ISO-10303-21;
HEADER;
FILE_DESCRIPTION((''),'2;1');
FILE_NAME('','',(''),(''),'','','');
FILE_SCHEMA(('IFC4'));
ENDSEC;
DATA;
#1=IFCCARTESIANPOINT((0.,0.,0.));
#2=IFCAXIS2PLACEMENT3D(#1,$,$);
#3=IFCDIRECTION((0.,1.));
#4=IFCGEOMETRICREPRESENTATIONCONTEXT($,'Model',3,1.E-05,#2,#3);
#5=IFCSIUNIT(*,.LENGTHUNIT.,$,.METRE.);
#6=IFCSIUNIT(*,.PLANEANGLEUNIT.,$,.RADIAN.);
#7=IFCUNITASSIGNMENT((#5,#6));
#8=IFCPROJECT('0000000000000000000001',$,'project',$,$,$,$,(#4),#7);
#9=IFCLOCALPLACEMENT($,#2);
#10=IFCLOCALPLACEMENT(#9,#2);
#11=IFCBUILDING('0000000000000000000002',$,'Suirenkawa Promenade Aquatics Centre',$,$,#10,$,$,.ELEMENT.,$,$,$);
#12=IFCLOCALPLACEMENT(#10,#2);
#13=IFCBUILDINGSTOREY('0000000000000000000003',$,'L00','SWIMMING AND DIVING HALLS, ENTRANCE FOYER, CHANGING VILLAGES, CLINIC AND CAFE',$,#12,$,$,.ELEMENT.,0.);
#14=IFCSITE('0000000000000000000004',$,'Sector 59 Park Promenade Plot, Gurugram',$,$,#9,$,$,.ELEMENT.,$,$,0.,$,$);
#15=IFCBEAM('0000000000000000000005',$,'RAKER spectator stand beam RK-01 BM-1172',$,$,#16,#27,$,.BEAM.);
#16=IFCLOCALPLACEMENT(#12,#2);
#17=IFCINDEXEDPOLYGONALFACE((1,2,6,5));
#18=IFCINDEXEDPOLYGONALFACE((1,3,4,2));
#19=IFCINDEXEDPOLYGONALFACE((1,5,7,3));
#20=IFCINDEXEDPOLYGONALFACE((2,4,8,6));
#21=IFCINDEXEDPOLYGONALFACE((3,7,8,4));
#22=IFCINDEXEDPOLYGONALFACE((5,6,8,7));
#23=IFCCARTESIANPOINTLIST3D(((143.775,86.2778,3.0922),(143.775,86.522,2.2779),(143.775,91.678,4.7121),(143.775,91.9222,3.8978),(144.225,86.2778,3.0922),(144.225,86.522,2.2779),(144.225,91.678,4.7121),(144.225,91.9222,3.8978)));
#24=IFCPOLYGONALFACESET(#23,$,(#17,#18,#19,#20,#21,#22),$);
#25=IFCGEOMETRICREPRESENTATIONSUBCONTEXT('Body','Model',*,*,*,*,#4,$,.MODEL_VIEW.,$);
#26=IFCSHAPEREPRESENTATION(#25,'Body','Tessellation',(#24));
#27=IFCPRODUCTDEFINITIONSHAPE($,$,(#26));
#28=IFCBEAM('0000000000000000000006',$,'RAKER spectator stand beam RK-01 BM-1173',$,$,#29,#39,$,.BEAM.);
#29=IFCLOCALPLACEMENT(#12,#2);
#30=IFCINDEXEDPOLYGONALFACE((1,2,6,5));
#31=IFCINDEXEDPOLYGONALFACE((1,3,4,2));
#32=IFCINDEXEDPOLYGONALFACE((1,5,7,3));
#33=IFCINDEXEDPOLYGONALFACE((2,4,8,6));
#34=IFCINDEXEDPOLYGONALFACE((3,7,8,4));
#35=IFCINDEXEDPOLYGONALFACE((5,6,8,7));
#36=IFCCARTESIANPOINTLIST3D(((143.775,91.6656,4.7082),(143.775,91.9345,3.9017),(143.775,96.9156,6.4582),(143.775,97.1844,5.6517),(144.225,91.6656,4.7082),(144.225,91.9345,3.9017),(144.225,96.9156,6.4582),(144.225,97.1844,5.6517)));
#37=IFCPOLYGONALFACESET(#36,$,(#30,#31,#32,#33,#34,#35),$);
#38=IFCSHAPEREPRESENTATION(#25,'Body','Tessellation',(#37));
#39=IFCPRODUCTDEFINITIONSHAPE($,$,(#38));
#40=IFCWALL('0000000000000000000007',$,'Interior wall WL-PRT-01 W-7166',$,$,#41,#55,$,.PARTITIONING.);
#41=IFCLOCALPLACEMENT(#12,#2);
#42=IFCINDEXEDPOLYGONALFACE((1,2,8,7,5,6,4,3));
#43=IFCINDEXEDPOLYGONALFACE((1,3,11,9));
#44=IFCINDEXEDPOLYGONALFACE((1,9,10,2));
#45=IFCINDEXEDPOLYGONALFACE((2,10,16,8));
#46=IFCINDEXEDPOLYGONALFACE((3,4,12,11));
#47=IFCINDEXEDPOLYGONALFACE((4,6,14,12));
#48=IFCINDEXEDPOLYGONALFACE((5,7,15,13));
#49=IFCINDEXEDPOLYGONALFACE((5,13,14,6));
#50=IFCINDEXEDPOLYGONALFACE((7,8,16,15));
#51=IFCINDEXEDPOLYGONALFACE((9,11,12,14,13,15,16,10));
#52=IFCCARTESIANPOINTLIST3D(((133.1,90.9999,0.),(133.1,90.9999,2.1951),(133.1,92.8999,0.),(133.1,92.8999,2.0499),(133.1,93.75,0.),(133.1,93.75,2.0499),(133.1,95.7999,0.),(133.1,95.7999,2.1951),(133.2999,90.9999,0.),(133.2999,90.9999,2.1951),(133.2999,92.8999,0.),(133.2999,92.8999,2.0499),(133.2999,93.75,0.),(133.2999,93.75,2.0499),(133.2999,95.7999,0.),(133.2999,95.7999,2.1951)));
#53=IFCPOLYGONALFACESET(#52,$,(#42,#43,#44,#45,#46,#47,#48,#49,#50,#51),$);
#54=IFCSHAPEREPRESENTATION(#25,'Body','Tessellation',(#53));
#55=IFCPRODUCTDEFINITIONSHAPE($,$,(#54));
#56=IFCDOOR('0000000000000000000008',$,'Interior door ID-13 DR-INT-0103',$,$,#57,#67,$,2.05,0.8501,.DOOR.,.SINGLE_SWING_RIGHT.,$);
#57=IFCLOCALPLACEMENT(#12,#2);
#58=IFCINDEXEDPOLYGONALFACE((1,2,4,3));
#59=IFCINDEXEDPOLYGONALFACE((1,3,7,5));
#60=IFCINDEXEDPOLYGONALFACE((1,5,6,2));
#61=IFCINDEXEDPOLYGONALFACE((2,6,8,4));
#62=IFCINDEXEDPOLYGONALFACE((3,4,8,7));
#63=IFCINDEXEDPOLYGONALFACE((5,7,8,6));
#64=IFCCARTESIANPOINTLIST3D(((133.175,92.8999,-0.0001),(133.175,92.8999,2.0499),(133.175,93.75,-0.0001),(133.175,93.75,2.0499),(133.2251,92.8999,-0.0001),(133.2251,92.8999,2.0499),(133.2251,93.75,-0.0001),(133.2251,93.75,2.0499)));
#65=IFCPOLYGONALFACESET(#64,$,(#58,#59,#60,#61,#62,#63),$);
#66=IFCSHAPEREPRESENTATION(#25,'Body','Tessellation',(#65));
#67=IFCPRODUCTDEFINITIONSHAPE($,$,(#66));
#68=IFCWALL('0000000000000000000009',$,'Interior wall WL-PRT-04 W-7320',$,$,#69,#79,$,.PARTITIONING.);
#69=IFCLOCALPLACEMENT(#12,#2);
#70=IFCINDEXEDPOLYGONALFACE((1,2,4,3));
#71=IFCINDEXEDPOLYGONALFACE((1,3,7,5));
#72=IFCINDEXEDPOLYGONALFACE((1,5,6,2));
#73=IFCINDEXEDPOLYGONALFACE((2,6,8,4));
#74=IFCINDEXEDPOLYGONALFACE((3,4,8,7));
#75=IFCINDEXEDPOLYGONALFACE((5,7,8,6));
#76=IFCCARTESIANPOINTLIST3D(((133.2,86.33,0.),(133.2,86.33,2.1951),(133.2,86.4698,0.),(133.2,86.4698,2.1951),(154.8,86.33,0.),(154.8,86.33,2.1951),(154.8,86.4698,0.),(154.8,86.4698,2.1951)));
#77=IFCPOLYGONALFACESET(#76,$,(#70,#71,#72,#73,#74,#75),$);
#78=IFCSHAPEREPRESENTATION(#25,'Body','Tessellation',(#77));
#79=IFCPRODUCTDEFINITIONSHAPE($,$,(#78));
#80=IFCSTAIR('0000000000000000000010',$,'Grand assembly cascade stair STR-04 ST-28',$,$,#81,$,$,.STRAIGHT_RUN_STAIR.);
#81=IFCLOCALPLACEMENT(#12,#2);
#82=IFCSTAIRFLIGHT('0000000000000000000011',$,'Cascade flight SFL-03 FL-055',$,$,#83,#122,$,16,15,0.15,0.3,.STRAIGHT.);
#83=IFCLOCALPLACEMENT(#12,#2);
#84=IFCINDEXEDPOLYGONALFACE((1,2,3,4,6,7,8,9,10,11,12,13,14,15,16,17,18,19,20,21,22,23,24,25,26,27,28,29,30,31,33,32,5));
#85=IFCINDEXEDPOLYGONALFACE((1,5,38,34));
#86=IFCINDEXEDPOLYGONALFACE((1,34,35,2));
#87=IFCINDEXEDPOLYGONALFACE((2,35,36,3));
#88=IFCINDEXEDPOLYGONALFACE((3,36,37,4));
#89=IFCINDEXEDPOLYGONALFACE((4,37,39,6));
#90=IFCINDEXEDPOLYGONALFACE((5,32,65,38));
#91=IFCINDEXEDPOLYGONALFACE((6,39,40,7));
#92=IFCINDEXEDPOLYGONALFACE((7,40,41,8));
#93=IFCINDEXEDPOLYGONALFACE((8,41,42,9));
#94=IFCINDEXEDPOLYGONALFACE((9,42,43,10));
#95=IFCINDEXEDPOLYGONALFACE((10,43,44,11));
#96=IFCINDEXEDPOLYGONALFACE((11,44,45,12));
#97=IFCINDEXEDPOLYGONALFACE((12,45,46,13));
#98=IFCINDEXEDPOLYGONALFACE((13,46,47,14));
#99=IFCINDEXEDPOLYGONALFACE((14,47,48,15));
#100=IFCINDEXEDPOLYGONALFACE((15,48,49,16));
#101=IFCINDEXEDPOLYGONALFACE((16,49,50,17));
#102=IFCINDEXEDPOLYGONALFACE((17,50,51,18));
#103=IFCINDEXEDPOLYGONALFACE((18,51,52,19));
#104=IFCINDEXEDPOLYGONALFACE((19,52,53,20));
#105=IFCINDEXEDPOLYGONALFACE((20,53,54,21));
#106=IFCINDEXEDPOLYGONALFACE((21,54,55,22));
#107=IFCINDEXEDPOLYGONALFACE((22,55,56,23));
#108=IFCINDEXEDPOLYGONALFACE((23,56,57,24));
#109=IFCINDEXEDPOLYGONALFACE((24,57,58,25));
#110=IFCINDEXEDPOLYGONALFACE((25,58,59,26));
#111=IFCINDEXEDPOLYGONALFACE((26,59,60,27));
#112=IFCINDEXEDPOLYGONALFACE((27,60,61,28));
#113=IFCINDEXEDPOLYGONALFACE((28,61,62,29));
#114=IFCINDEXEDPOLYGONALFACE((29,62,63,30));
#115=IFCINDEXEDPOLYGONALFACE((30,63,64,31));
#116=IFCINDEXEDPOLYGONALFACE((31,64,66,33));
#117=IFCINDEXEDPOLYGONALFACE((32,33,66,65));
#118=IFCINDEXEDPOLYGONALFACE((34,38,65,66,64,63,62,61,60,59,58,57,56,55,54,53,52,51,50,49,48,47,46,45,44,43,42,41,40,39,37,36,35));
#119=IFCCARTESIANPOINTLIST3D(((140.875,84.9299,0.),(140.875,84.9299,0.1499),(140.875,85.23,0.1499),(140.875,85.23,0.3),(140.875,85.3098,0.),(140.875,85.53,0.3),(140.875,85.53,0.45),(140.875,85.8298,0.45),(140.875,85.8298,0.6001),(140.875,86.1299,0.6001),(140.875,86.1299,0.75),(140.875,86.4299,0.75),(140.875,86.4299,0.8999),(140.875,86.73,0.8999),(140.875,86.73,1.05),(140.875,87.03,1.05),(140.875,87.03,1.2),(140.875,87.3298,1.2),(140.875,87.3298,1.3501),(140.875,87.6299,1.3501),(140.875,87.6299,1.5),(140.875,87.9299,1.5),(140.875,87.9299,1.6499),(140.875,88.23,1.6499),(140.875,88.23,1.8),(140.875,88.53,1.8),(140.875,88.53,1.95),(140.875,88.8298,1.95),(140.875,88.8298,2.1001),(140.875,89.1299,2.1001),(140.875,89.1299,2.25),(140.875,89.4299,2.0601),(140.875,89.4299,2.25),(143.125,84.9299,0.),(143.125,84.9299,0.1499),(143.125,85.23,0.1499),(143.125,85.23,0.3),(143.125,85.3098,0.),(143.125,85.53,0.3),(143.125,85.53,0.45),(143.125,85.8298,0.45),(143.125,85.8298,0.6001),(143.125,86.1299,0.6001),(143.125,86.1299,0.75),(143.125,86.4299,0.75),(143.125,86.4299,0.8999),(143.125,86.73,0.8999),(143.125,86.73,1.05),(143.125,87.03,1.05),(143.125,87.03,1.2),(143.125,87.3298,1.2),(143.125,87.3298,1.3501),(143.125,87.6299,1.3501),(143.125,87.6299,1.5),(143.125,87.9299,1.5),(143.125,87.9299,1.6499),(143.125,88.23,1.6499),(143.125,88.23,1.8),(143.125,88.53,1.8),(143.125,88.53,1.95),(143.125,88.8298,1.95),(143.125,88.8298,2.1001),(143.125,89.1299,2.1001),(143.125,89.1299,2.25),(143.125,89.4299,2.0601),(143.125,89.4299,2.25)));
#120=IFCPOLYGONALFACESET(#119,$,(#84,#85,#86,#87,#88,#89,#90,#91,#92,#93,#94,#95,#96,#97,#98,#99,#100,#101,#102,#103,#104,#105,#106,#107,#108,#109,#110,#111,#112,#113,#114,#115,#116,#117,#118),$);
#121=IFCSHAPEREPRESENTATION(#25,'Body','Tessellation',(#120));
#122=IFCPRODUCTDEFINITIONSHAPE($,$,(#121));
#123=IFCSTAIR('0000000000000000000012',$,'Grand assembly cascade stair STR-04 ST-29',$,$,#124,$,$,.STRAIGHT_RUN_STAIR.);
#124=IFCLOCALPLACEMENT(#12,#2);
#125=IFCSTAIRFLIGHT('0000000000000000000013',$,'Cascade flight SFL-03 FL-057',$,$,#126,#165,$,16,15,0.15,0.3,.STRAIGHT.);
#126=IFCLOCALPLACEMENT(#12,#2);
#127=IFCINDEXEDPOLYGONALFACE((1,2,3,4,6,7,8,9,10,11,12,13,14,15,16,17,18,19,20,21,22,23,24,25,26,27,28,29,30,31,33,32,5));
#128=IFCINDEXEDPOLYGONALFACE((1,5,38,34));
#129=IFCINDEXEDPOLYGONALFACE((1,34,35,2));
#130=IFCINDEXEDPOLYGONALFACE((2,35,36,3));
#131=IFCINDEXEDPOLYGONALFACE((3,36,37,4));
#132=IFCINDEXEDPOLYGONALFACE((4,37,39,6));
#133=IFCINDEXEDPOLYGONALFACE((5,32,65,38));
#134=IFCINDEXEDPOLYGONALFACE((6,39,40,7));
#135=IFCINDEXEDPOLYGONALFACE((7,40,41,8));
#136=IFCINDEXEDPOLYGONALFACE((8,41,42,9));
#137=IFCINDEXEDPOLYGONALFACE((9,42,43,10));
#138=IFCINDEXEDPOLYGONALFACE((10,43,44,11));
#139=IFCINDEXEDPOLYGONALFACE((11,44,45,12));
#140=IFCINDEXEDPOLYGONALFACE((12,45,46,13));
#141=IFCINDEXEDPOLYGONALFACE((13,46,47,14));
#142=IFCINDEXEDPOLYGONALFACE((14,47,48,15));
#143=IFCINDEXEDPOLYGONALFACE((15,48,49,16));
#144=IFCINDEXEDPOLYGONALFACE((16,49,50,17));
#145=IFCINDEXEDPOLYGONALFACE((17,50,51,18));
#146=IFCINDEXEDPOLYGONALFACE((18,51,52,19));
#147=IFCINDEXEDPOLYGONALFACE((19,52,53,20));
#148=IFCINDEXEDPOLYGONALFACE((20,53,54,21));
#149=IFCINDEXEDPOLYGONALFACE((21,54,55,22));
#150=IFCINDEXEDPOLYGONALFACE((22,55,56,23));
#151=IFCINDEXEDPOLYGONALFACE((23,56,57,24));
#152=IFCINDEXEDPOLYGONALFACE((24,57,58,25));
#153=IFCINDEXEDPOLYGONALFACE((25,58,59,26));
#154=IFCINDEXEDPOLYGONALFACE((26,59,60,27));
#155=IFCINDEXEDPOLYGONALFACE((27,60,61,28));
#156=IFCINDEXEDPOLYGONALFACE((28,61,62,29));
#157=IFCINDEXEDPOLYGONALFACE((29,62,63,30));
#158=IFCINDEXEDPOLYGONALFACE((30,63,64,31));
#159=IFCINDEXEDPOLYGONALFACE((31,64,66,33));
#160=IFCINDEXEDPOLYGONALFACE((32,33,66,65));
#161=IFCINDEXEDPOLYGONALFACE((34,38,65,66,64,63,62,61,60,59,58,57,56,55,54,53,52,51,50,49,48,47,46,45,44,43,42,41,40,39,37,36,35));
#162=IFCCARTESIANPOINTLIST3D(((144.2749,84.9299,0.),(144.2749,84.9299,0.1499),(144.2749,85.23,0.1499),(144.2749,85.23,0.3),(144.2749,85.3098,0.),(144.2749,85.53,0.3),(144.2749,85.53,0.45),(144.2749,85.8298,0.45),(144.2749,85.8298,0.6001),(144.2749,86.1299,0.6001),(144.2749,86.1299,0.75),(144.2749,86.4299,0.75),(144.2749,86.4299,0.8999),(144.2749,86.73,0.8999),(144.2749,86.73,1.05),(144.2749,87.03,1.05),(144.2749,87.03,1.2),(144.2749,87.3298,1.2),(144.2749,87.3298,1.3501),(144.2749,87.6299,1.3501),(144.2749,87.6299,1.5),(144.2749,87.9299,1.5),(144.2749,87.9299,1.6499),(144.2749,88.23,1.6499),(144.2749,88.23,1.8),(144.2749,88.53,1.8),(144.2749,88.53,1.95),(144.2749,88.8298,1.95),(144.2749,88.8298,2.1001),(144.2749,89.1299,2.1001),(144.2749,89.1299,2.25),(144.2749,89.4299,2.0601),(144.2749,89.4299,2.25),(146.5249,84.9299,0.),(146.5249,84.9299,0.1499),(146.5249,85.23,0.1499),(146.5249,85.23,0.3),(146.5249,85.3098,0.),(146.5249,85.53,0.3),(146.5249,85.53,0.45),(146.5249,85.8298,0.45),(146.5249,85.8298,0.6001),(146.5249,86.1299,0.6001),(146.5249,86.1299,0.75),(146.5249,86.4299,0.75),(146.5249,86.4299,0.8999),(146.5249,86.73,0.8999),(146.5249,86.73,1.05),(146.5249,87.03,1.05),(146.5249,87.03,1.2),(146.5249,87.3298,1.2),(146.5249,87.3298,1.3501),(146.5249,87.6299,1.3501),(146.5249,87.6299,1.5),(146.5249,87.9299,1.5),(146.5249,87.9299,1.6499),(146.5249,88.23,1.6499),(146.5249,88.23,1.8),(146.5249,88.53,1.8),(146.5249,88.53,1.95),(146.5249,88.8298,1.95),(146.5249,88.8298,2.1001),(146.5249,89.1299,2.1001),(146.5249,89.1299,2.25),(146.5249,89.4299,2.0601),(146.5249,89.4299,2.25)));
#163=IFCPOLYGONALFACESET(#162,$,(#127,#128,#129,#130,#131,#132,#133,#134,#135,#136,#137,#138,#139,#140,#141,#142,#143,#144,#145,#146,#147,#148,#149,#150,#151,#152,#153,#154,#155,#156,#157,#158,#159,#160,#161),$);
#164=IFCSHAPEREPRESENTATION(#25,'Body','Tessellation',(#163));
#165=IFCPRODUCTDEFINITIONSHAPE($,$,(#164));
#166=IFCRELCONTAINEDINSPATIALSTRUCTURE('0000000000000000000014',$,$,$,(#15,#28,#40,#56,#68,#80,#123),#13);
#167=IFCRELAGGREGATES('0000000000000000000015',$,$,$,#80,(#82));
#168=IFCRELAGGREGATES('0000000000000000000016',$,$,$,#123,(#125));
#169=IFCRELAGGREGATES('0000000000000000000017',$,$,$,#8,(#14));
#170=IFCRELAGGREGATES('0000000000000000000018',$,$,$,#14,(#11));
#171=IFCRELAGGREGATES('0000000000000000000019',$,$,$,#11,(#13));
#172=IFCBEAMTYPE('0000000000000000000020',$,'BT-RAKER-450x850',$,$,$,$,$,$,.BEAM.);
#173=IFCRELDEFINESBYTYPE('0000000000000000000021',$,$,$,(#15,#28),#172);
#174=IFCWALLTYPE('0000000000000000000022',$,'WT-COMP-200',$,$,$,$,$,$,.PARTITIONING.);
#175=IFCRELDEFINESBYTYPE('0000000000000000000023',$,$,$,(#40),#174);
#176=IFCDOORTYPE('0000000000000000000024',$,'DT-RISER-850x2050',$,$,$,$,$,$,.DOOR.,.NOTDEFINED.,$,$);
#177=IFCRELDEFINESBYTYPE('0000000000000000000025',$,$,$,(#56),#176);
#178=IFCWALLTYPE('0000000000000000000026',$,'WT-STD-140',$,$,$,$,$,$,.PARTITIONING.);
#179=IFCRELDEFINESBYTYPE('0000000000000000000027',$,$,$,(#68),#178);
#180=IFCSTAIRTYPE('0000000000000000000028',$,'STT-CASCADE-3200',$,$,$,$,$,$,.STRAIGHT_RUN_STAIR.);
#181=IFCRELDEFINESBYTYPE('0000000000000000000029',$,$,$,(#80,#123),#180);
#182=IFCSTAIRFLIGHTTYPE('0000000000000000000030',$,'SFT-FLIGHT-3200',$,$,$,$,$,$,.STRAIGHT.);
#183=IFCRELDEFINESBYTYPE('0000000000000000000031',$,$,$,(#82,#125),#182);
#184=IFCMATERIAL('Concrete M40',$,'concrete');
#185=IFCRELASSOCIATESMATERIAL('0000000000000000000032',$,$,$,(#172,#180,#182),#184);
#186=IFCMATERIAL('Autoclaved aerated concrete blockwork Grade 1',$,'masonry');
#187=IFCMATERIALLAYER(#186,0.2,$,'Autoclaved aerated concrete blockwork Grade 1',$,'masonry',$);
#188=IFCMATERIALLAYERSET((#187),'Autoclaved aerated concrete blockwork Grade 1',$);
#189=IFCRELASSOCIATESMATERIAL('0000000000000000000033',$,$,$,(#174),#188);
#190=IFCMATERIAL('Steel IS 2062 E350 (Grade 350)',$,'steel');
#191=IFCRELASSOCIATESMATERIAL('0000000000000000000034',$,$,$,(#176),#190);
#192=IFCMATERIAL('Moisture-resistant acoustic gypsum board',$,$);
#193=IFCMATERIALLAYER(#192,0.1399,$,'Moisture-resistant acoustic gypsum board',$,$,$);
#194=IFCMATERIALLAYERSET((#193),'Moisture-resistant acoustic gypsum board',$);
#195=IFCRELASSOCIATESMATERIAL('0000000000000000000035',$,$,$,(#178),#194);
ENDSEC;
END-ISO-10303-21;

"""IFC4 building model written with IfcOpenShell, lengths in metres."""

from ifc_helpers import new_model, si_unit, direction, frame, frame_2d, origin, origin_2d, place, context, subcontext, project, spatial, polyline, rectangle, outline, extrude, material, layer, layer_set, material_profile, profile_set, type_object, element, fill, aggregate, save


model = new_model("IFC4")

# Units and contexts
model_context = context("Model", 3, precision=1e-05, world=origin(), true_north=direction((0.0, 1.0)))
body_context = subcontext(model_context, "Body", "Model", "MODEL_VIEW")
ifc_project = project(units=[si_unit("LENGTHUNIT", "METRE"), si_unit("PLANEANGLEUNIT", "RADIAN")], contexts=[model_context])

# Site, building, storey
site_placement = place(None, origin())
site = spatial("IfcSite", under=ifc_project, at=site_placement, Name="Sector 59 Park Promenade Plot, Gurugram", CompositionType="ELEMENT", RefElevation=0.0)
building_placement = place(site_placement, origin())
building = spatial("IfcBuilding", under=site, at=building_placement, Name="Suirenkawa Promenade Aquatics Centre", CompositionType="ELEMENT")
storey_placement = place(building_placement, origin())
storey = spatial("IfcBuildingStorey", under=building, at=storey_placement, Name="L00", Description="SWIMMING AND DIVING HALLS, ENTRANCE FOYER, CHANGING VILLAGES, CLINIC AND CAFE", CompositionType="ELEMENT", Elevation=0.0)

# Shared definitions
ifc_material_1 = material(Name="Concrete M40", Category="concrete")

# Beams
ifc_material_profile_1 = material_profile(ifc_material_1, rectangle(XDim=0.45, YDim=0.8501, at=origin_2d()), Name="RC RAKER 450x850", Category="concrete")
ifc_profile_set_1 = profile_set([ifc_material_profile_1], Name="Concrete M40")
beam_type = type_object("IfcBeamType", Name="BT-RAKER-450x850", PredefinedType="BEAM", material=ifc_profile_set_1)
beam_1_placement = place(storey_placement, frame((144.0, 86.3999, 2.6851), z_axis=(0.0, 0.957835, 0.28732), x_axis=(-1.0, 0.0, 0.0)))
element("IfcBeam", 1, at=beam_1_placement, inside=storey, type_object=beam_type, Name="RAKER spectator stand beam RK-01 BM-1172", PredefinedType="BEAM", context=body_context, shape_type="SweptSolid", body=[
    extrude(rectangle(XDim=0.45, YDim=0.8501, at=origin_2d()), origin(), (0.0, 0.0, 1.0), 5.6379),
])
beam_2_placement = place(storey_placement, frame((144.0, 91.8, 4.3049), z_axis=(0.0, 0.948683, 0.316228), x_axis=(-1.0, 0.0, 0.0)))
element("IfcBeam", 2, at=beam_2_placement, inside=storey, type_object=beam_type, Name="RAKER spectator stand beam RK-01 BM-1173", PredefinedType="BEAM", context=body_context, shape_type="SweptSolid", body=[
    extrude(rectangle(XDim=0.45, YDim=0.8501, at=origin_2d()), origin(), (0.0, 0.0, 1.0), 5.5339),
])

# Wall, opening, door
ifc_material_2 = material(Name="Autoclaved aerated concrete blockwork Grade 1", Category="masonry")
ifc_layer_1 = layer(ifc_material_2, 0.2, Name="Autoclaved aerated concrete blockwork Grade 1", Category="masonry")
ifc_layer_set_1 = layer_set([ifc_layer_1], Name="Autoclaved aerated concrete blockwork Grade 1")
wall_type_1 = type_object("IfcWallType", Name="WT-COMP-200", PredefinedType="PARTITIONING", material=ifc_layer_set_1)
wall_1_placement = place(storey_placement, frame((133.2, 91.0, 0.0), z_axis=(0.0, 0.0, 1.0), x_axis=(0.0, 1.0, 0.0)))
wall_1 = element("IfcWall", 3, at=wall_1_placement, inside=storey, type_object=wall_type_1, Name="Interior wall WL-PRT-01 W-7166", PredefinedType="PARTITIONING", context=body_context, shape_type="SweptSolid", body=[
    extrude(rectangle(XDim=4.8, YDim=0.2, at=frame_2d((2.3999, 0.0))), origin(), (0.0, 0.0, 1.0), 2.1951),
])
opening_placement = place(wall_1_placement, frame((1.8999, 0.0, 0.0)))
opening = element("IfcOpeningElement", 4, at=opening_placement, cuts=wall_1, PredefinedType="OPENING", context=body_context, shape_type="SweptSolid", body=[
    extrude(rectangle(XDim=0.8501, YDim=2.05, at=frame_2d((0.425, 1.0249))), frame((0.0, 0.1099, 0.0), z_axis=(0.0, -1.0, 0.0), x_axis=(1.0, 0.0, 0.0)), (0.0, 0.0, 1.0), 0.22),
])
ifc_material_3 = material(Name="Steel IS 2062 E350 (Grade 350)", Category="steel")
door_type = type_object("IfcDoorType", Name="DT-RISER-850x2050", OperationType="NOTDEFINED", PredefinedType="DOOR", material=ifc_material_3)
door_placement = place(opening_placement, origin())
door = element("IfcDoor", 5, at=door_placement, inside=storey, type_object=door_type, Name="Interior door ID-13 DR-INT-0103", OperationType="SINGLE_SWING_RIGHT", OverallHeight=2.05, OverallWidth=0.8501, PredefinedType="DOOR", context=body_context, shape_type="SweptSolid", body=[
    extrude(rectangle(XDim=0.8501, YDim=2.05, at=frame_2d((0.425, 1.0249))), frame((0.0, 0.0249, 0.0), z_axis=(0.0, -1.0, 0.0), x_axis=(1.0, 0.0, 0.0)), (0.0, 0.0, 1.0), 0.05),
])
fill(opening, door)

# Wall
ifc_material_4 = material(Name="Moisture-resistant acoustic gypsum board")
ifc_layer_2 = layer(ifc_material_4, 0.1399, Name="Moisture-resistant acoustic gypsum board")
ifc_layer_set_2 = layer_set([ifc_layer_2], Name="Moisture-resistant acoustic gypsum board")
wall_type_2 = type_object("IfcWallType", Name="WT-STD-140", PredefinedType="PARTITIONING", material=ifc_layer_set_2)
wall_2_placement = place(storey_placement, frame((133.2, 86.3999, 0.0), z_axis=(0.0, 0.0, 1.0), x_axis=(1.0, 0.0, 0.0)))
element("IfcWall", 6, at=wall_2_placement, inside=storey, type_object=wall_type_2, Name="Interior wall WL-PRT-04 W-7320", PredefinedType="PARTITIONING", context=body_context, shape_type="SweptSolid", body=[
    extrude(rectangle(XDim=21.6001, YDim=0.1399, at=frame_2d((10.8, 0.0))), origin(), (0.0, 0.0, 1.0), 2.1951),
])

# Stairs, stair flights
stair_type = type_object("IfcStairType", Name="STT-CASCADE-3200", PredefinedType="STRAIGHT_RUN_STAIR", material=ifc_material_1)
stair_1_placement = place(storey_placement, origin())
stair_1 = element("IfcStair", 7, at=stair_1_placement, inside=storey, type_object=stair_type, Name="Grand assembly cascade stair STR-04 ST-28", PredefinedType="STRAIGHT_RUN_STAIR")
stair_flight_type = type_object("IfcStairFlightType", Name="SFT-FLIGHT-3200", PredefinedType="STRAIGHT", material=ifc_material_1)
stair_flight_1_placement = place(storey_placement, frame((142.0, 84.9299, 0.0), z_axis=(0.0, 0.0, 1.0), x_axis=(0.0, 1.0, 0.0)))
stair_flight_1 = element("IfcStairFlight", 8, at=stair_flight_1_placement, type_object=stair_flight_type, Name="Cascade flight SFL-03 FL-055", NumberOfRisers=16, NumberOfTreads=15, PredefinedType="STRAIGHT", RiserHeight=0.15, TreadLength=0.3, context=body_context, shape_type="SweptSolid", body=[
    extrude(outline(polyline([(0.0, 0.0), (0.0, 0.1499), (0.3, 0.1499), (0.3, 0.3), (0.6001, 0.3), (0.6001, 0.45), (0.8999, 0.45), (0.8999, 0.6001), (1.2, 0.6001), (1.2, 0.75), (1.5, 0.75), (1.5, 0.8999), (1.8, 0.8999), (1.8, 1.05), (2.1001, 1.05), (2.1001, 1.2), (2.3999, 1.2), (2.3999, 1.3501), (2.7, 1.3501), (2.7, 1.5), (3.0, 1.5), (3.0, 1.6499), (3.3, 1.6499), (3.3, 1.8), (3.6001, 1.8), (3.6001, 1.95), (3.8999, 1.95), (3.8999, 2.1001), (4.2, 2.1001), (4.2, 2.25), (4.5, 2.25), (4.5, 2.3999), (4.5, 2.0601), (0.3799, 0.0), (0.0, 0.0)])), frame((0.0, 1.125, 0.0), z_axis=(0.0, -1.0, 0.0), x_axis=(1.0, 0.0, 0.0)), (0.0, 0.0, 1.0), 2.25),
])
aggregate(stair_1, [stair_flight_1])
stair_2_placement = place(storey_placement, origin())
stair_2 = element("IfcStair", 9, at=stair_2_placement, inside=storey, type_object=stair_type, Name="Grand assembly cascade stair STR-04 ST-29", PredefinedType="STRAIGHT_RUN_STAIR")
stair_flight_2_placement = place(storey_placement, frame((145.3999, 84.9299, 0.0), z_axis=(0.0, 0.0, 1.0), x_axis=(0.0, 1.0, 0.0)))
stair_flight_2 = element("IfcStairFlight", 10, at=stair_flight_2_placement, type_object=stair_flight_type, Name="Cascade flight SFL-03 FL-057", NumberOfRisers=16, NumberOfTreads=15, PredefinedType="STRAIGHT", RiserHeight=0.15, TreadLength=0.3, context=body_context, shape_type="SweptSolid", body=[
    extrude(outline(polyline([(0.0, 0.0), (0.0, 0.1499), (0.3, 0.1499), (0.3, 0.3), (0.6001, 0.3), (0.6001, 0.45), (0.8999, 0.45), (0.8999, 0.6001), (1.2, 0.6001), (1.2, 0.75), (1.5, 0.75), (1.5, 0.8999), (1.8, 0.8999), (1.8, 1.05), (2.1001, 1.05), (2.1001, 1.2), (2.3999, 1.2), (2.3999, 1.3501), (2.7, 1.3501), (2.7, 1.5), (3.0, 1.5), (3.0, 1.6499), (3.3, 1.6499), (3.3, 1.8), (3.6001, 1.8), (3.6001, 1.95), (3.8999, 1.95), (3.8999, 2.1001), (4.2, 2.1001), (4.2, 2.25), (4.5, 2.25), (4.5, 2.3999), (4.5, 2.0601), (0.3799, 0.0), (0.0, 0.0)])), frame((0.0, 1.125, 0.0), z_axis=(0.0, -1.0, 0.0), x_axis=(1.0, 0.0, 0.0)), (0.0, 0.0, 1.0), 2.25),
])
aggregate(stair_2, [stair_flight_2])

save(model, "model.ifc")
